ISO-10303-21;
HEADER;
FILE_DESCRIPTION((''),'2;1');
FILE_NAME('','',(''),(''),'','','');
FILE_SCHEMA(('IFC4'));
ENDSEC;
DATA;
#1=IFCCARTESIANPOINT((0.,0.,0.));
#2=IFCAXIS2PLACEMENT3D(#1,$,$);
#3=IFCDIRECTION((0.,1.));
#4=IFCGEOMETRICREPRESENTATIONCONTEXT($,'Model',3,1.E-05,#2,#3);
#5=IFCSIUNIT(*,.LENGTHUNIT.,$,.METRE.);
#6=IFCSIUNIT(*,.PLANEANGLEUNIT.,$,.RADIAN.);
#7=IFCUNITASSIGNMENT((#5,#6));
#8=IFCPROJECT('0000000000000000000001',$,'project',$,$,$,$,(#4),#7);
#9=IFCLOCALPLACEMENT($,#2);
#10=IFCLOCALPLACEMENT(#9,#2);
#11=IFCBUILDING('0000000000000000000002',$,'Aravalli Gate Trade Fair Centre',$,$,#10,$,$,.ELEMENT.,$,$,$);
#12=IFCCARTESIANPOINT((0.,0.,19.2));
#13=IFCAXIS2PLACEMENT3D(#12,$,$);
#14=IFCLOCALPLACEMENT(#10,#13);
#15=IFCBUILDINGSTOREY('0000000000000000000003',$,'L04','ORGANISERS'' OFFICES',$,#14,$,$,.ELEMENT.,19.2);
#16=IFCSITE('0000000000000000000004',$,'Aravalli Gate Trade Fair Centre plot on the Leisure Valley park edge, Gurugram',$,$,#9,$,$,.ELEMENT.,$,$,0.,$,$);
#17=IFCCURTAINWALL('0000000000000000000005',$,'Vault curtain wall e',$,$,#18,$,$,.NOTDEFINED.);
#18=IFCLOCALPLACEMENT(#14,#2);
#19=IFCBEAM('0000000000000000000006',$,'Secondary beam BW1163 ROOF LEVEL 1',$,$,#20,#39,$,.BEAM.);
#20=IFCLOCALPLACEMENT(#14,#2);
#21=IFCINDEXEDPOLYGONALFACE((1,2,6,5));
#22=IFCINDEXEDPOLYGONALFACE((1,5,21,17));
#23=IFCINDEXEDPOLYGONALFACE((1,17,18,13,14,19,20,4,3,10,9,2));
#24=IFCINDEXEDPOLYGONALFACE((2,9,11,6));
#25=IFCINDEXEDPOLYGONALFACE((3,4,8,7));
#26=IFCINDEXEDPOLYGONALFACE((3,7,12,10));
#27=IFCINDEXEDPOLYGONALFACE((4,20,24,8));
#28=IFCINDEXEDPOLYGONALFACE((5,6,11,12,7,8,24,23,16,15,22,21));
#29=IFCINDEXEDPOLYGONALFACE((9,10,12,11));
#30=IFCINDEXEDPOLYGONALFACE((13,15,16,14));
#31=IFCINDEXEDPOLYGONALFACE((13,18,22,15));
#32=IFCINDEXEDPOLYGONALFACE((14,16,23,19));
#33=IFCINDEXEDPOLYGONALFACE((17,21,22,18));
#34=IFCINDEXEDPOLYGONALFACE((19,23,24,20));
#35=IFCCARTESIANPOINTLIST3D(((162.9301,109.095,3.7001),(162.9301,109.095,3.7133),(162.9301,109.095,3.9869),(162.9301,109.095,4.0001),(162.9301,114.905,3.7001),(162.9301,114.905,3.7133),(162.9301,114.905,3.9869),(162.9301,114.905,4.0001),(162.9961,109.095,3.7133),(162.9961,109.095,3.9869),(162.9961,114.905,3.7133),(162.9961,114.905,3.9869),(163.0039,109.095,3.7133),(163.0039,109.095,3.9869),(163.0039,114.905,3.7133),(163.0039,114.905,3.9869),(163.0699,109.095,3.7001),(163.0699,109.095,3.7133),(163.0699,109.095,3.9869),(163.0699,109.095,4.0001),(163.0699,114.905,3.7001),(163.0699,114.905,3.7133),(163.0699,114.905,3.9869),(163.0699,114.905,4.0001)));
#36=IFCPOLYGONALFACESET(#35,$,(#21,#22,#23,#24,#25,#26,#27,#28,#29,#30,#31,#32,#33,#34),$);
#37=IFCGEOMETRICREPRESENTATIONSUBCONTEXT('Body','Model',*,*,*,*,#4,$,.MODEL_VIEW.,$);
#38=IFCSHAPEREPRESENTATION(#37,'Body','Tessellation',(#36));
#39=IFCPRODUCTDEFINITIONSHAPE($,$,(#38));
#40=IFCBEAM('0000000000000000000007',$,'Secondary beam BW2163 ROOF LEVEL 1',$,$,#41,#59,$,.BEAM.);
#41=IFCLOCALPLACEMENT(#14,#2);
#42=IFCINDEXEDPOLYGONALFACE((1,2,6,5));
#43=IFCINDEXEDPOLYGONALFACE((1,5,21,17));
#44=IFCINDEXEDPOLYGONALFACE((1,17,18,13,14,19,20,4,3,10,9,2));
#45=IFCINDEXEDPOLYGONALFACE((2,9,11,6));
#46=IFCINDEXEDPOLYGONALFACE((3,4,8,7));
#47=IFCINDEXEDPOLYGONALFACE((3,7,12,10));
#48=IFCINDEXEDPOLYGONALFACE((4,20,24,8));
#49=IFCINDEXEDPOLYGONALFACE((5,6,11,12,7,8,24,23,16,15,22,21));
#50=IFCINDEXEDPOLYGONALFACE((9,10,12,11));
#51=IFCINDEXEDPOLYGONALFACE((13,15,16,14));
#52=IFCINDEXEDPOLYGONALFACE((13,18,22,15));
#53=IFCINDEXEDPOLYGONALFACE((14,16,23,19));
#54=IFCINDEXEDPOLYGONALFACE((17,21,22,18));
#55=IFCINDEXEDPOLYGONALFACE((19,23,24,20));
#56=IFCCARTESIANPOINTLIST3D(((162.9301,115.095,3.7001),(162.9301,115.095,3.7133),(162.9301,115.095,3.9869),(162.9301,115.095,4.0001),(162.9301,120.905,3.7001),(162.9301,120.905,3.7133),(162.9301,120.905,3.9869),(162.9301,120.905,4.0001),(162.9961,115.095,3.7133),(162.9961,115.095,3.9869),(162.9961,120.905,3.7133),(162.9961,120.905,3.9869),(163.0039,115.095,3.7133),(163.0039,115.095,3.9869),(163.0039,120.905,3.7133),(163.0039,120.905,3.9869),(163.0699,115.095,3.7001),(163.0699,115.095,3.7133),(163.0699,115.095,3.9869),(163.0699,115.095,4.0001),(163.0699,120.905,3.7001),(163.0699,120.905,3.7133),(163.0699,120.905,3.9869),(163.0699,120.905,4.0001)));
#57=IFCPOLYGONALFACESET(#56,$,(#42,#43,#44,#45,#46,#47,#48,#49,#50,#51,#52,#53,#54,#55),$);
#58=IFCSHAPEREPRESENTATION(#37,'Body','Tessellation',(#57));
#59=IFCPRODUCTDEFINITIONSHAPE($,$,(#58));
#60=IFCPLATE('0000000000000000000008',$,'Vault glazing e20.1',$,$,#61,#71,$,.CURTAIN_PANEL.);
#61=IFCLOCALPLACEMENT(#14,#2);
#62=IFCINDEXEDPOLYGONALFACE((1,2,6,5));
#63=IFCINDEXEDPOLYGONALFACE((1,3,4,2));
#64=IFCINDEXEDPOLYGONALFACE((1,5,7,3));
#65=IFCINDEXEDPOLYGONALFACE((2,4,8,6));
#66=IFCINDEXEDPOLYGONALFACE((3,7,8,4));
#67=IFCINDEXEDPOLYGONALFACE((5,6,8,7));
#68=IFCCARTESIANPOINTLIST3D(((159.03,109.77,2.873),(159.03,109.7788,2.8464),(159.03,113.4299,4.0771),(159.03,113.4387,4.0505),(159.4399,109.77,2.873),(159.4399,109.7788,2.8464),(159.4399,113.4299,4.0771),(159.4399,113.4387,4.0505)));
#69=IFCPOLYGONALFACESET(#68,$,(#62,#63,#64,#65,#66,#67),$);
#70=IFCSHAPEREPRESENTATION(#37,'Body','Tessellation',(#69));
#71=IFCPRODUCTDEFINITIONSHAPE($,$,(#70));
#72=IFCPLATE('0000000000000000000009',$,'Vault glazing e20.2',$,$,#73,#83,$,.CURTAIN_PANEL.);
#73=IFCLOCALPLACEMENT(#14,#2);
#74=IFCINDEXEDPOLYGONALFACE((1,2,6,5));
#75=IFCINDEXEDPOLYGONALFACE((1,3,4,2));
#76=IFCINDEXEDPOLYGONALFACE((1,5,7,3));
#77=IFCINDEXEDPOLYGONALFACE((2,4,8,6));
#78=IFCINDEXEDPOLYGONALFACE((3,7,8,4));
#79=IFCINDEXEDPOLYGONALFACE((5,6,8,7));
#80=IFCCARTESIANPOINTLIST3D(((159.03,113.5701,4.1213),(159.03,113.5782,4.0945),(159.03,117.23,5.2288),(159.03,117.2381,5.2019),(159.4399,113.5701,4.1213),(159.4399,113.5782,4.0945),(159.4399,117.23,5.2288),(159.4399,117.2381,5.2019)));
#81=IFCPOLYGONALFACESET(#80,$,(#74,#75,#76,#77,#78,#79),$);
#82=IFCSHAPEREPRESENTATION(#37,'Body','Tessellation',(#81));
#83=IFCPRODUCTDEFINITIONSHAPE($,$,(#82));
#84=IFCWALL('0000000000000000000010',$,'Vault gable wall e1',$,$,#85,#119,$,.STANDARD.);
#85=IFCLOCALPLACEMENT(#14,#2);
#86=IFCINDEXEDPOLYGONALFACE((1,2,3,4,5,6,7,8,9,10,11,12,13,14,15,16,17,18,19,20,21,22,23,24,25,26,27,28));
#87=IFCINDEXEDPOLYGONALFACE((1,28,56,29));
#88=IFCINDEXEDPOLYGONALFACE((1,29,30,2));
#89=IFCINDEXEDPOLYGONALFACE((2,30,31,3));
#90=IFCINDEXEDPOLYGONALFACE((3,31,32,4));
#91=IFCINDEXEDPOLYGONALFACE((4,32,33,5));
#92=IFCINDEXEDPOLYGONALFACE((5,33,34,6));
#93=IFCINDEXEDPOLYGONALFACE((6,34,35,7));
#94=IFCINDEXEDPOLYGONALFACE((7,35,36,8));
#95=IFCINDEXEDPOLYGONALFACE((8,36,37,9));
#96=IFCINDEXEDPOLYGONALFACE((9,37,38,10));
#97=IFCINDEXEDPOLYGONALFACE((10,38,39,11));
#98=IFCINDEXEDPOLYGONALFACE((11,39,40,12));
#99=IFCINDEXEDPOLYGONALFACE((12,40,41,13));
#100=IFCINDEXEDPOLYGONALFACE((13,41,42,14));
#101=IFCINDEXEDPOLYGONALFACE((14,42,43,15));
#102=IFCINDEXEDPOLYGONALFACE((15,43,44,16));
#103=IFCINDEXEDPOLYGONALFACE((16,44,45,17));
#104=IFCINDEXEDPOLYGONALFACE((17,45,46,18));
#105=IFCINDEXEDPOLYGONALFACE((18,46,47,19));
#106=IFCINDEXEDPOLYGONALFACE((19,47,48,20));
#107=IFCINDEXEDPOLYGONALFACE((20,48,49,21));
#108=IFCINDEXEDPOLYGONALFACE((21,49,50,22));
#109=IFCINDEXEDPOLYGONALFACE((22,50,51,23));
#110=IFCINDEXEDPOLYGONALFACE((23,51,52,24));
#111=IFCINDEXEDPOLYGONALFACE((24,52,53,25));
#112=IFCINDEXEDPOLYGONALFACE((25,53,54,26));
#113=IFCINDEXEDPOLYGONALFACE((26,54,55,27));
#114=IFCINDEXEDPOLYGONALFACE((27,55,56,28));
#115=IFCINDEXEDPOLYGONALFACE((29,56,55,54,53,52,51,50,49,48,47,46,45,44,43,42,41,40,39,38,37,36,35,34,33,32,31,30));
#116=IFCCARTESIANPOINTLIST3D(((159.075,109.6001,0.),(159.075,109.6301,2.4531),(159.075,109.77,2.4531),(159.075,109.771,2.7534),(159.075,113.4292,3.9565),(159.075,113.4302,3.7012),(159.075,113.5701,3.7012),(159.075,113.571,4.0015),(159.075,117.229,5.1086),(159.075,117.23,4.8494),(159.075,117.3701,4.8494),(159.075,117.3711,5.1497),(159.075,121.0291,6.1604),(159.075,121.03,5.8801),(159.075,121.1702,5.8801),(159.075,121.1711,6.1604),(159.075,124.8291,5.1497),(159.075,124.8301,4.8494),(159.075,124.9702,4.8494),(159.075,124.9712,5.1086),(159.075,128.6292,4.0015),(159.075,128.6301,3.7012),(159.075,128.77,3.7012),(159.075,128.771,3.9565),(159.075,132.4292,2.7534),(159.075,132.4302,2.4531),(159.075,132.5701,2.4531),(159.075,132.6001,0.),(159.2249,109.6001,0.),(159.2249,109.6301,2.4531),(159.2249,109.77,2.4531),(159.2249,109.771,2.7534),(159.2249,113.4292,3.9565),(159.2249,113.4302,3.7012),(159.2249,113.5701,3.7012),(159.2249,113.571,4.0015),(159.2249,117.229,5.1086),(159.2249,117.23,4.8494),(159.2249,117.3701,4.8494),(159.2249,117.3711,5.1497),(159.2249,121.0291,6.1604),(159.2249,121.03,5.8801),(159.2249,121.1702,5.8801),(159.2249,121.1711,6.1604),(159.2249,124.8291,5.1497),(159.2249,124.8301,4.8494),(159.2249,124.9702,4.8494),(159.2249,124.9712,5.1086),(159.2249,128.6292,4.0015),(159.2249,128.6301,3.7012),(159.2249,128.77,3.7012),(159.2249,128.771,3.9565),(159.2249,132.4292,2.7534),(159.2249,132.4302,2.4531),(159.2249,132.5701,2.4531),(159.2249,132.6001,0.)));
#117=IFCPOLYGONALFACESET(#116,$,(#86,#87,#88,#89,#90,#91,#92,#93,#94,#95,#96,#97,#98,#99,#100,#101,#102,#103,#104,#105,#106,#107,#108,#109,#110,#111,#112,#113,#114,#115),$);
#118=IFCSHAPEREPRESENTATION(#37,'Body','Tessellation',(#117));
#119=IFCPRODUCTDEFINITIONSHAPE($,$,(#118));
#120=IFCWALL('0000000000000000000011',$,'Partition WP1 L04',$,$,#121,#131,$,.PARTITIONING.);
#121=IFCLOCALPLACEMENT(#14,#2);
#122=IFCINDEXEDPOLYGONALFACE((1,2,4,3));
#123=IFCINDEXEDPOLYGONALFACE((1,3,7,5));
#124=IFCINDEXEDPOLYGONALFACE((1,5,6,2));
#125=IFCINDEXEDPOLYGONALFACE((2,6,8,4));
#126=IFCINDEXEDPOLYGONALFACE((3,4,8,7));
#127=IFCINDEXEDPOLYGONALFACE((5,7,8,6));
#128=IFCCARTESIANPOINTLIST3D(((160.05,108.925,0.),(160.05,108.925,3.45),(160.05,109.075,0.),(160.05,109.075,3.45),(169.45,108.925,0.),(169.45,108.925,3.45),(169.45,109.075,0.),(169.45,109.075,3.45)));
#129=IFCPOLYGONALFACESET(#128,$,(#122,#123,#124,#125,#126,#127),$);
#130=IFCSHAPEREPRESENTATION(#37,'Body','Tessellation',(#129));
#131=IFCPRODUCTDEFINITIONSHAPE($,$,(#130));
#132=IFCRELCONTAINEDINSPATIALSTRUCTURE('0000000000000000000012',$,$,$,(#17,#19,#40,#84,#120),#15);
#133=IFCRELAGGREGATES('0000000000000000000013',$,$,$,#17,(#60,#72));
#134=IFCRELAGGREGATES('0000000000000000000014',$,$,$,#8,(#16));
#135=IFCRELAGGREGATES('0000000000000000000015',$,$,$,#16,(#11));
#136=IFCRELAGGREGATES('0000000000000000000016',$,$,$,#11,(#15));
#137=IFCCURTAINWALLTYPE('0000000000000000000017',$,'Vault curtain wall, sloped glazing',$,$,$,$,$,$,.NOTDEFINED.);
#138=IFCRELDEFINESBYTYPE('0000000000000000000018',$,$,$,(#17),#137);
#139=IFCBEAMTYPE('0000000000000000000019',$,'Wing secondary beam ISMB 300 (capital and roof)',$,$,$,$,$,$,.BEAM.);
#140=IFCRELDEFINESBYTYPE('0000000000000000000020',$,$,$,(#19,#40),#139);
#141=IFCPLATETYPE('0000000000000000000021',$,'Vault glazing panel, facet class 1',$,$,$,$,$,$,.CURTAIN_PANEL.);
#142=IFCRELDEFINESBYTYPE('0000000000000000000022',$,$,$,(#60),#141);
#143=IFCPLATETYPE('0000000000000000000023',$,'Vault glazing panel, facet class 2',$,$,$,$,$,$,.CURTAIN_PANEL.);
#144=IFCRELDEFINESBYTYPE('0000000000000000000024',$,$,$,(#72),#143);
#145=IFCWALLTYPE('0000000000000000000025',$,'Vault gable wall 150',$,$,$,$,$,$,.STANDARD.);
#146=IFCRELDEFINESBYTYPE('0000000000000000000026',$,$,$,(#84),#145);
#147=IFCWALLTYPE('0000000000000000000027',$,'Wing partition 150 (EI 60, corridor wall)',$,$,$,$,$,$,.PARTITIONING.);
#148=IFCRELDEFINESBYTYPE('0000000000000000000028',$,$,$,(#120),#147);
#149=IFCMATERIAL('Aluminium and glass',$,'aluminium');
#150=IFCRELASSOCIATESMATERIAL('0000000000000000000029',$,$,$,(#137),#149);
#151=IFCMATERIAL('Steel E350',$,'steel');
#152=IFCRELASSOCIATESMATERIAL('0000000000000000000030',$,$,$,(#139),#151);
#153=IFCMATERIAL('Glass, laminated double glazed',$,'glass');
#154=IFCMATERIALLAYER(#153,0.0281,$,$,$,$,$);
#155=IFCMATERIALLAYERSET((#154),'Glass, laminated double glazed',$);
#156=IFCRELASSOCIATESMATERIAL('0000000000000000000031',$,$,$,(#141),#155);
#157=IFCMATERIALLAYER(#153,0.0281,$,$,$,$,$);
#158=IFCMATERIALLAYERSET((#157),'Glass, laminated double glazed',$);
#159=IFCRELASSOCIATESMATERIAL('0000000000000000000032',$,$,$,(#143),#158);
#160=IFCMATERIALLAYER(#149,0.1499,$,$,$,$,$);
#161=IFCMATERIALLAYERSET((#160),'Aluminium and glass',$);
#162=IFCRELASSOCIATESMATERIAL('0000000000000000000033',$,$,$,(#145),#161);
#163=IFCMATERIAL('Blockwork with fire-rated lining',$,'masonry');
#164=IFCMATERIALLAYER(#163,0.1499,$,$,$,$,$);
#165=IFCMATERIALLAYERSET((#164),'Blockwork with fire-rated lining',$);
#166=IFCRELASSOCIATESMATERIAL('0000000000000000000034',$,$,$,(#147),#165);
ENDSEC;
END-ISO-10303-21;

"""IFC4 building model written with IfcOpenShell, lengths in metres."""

from ifc_helpers import new_model, si_unit, direction, frame, frame_2d, origin, origin_2d, place, context, subcontext, project, spatial, polyline, rectangle, i_section, outline, extrude, material, layer, layer_set, material_profile, profile_set, type_object, element, aggregate, save


model = new_model("IFC4")

# Units and contexts
model_context = context("Model", 3, precision=1e-05, world=origin(), true_north=direction((0.0, 1.0)))
body_context = subcontext(model_context, "Body", "Model", "MODEL_VIEW")
ifc_project = project(units=[si_unit("LENGTHUNIT", "METRE"), si_unit("PLANEANGLEUNIT", "RADIAN")], contexts=[model_context])

# Site, building, storey
site_placement = place(None, origin())
site = spatial("IfcSite", under=ifc_project, at=site_placement, Name="Aravalli Gate Trade Fair Centre plot on the Leisure Valley park edge, Gurugram", CompositionType="ELEMENT", RefElevation=0.0)
building_placement = place(site_placement, origin())
building = spatial("IfcBuilding", under=site, at=building_placement, Name="Aravalli Gate Trade Fair Centre", CompositionType="ELEMENT")
storey_placement = place(building_placement, frame((0.0, 0.0, 19.2)))
storey = spatial("IfcBuildingStorey", under=building, at=storey_placement, Name="L04", Description="ORGANISERS' OFFICES", CompositionType="ELEMENT", Elevation=19.2)

# Shared definitions
ifc_material_1 = material(Name="Steel E350", Category="steel")

# Curtain wall
ifc_material_2 = material(Name="Aluminium and glass", Category="aluminium")
curtain_wall_type = type_object("IfcCurtainWallType", Name="Vault curtain wall, sloped glazing", PredefinedType="NOTDEFINED", material=ifc_material_2)
curtain_wall_placement = place(storey_placement, origin())
curtain_wall = element("IfcCurtainWall", 1, at=curtain_wall_placement, inside=storey, type_object=curtain_wall_type, Name="Vault curtain wall e", PredefinedType="NOTDEFINED")

# Beams
ifc_material_profile_1 = material_profile(ifc_material_1, i_section(OverallWidth=0.1399, OverallDepth=0.3, WebThickness=0.0078, FlangeThickness=0.0132, at=origin_2d()), Name="ISMB 300")
ifc_profile_set_1 = profile_set([ifc_material_profile_1], Name="Steel E350")
beam_type_1 = type_object("IfcBeamType", Name="Wing secondary beam ISMB 300 (capital and roof)", PredefinedType="BEAM", material=ifc_profile_set_1)
for number, where, z_axis, x_axis, name in (
    (2, (163.0, 109.095, 3.8501), (0.0, 1.0, 0.0), (-1.0, 0.0, 0.0), "Secondary beam BW1163 ROOF LEVEL 1"),
    (3, (163.0, 115.095, 3.8501), (0.0, 1.0, 0.0), (-1.0, 0.0, 0.0), "Secondary beam BW2163 ROOF LEVEL 1"),
):
    element("IfcBeam", number, at=place(storey_placement, frame(where, z_axis=z_axis, x_axis=x_axis)), inside=storey, type_object=beam_type_1, Name=name, PredefinedType="BEAM", context=body_context, shape_type="SweptSolid", body=[
        extrude(i_section(OverallWidth=0.1399, OverallDepth=0.3, WebThickness=0.0078, FlangeThickness=0.0132, at=origin_2d()), origin(), (0.0, 0.0, 1.0), 5.8101),
    ])

# Plates
ifc_material_3 = material(Name="Glass, laminated double glazed", Category="glass")
ifc_layer_1 = layer(ifc_material_3, 0.0281)
ifc_layer_set_1 = layer_set([ifc_layer_1], Name="Glass, laminated double glazed")
plate_type_1 = type_object("IfcPlateType", Name="Vault glazing panel, facet class 1", PredefinedType="CURTAIN_PANEL", material=ifc_layer_set_1)
plate_1_placement = place(storey_placement, frame((159.03, 109.77, 2.873), z_axis=(0.0, -0.312518, 0.949912), x_axis=(1.0, 0.0, 0.0)))
plate_1 = element("IfcPlate", 4, at=plate_1_placement, type_object=plate_type_1, Name="Vault glazing e20.1", PredefinedType="CURTAIN_PANEL", context=body_context, shape_type="SweptSolid", body=[
    extrude(outline(polyline([(0.0, 0.0), (0.4099, 0.0), (0.4099, 3.8529), (0.0, 3.8529), (0.0, 0.0)])), origin(), (0.0, 0.0, -1.0), 0.0281),
])
ifc_layer_2 = layer(ifc_material_3, 0.0281)
ifc_layer_set_2 = layer_set([ifc_layer_2], Name="Glass, laminated double glazed")
plate_type_2 = type_object("IfcPlateType", Name="Vault glazing panel, facet class 2", PredefinedType="CURTAIN_PANEL", material=ifc_layer_set_2)
plate_2_placement = place(storey_placement, frame((159.03, 113.5701, 4.1213), z_axis=(0.0, -0.289614, 0.957144), x_axis=(1.0, 0.0, 0.0)))
plate_2 = element("IfcPlate", 5, at=plate_2_placement, type_object=plate_type_2, Name="Vault glazing e20.2", PredefinedType="CURTAIN_PANEL", context=body_context, shape_type="SweptSolid", body=[
    extrude(outline(polyline([(0.0, 0.0), (0.4099, 0.0), (0.4099, 3.8238), (0.0, 3.8238), (0.0, 0.0)])), origin(), (0.0, 0.0, -1.0), 0.0281),
])
aggregate(curtain_wall, [plate_1, plate_2])

# Walls
ifc_layer_3 = layer(ifc_material_2, 0.1499)
ifc_layer_set_3 = layer_set([ifc_layer_3], Name="Aluminium and glass")
wall_type_1 = type_object("IfcWallType", Name="Vault gable wall 150", PredefinedType="STANDARD", material=ifc_layer_set_3)
wall_1_placement = place(storey_placement, frame((159.1499, 109.6001, 0.0), z_axis=(0.0, 0.0, 1.0), x_axis=(0.0, 1.0, 0.0)))
element("IfcWall", 6, at=wall_1_placement, inside=storey, type_object=wall_type_1, Name="Vault gable wall e1", PredefinedType="STANDARD", context=body_context, shape_type="SweptSolid", body=[
    extrude(outline(polyline([(0.0, 0.0), (23.0, 0.0), (22.97, 2.4531), (22.8301, 2.4531), (22.8291, 2.7534), (19.1709, 3.9565), (19.1699, 3.7012), (19.03, 3.7012), (19.0291, 4.0015), (15.3711, 5.1086), (15.3701, 4.8494), (15.23, 4.8494), (15.229, 5.1497), (11.571, 6.1604), (11.5701, 5.8801), (11.4299, 5.8801), (11.429, 6.1604), (7.771, 5.1497), (7.77, 4.8494), (7.6299, 4.8494), (7.6289, 5.1086), (3.9709, 4.0015), (3.97, 3.7012), (3.8301, 3.7012), (3.8291, 3.9565), (0.1709, 2.7534), (0.1699, 2.4531), (0.03, 2.4531), (0.0, 0.0)])), frame((0.0, 0.075, 0.0), z_axis=(0.0, -1.0, 0.0), x_axis=(1.0, 0.0, 0.0)), (0.0, 0.0, 1.0), 0.1499),
])
ifc_material_4 = material(Name="Blockwork with fire-rated lining", Category="masonry")
ifc_layer_4 = layer(ifc_material_4, 0.1499)
ifc_layer_set_4 = layer_set([ifc_layer_4], Name="Blockwork with fire-rated lining")
wall_type_2 = type_object("IfcWallType", Name="Wing partition 150 (EI 60, corridor wall)", PredefinedType="PARTITIONING", material=ifc_layer_set_4)
wall_2_placement = place(storey_placement, frame((160.05, 109.0, 0.0), z_axis=(0.0, 0.0, 1.0), x_axis=(1.0, 0.0, 0.0)))
element("IfcWall", 7, at=wall_2_placement, inside=storey, type_object=wall_type_2, Name="Partition WP1 L04", PredefinedType="PARTITIONING", context=body_context, shape_type="SweptSolid", body=[
    extrude(rectangle(XDim=9.3999, YDim=0.1499, at=frame_2d((4.7, 0.0))), origin(), (0.0, 0.0, 1.0), 3.45),
])

save(model, "model.ifc")
